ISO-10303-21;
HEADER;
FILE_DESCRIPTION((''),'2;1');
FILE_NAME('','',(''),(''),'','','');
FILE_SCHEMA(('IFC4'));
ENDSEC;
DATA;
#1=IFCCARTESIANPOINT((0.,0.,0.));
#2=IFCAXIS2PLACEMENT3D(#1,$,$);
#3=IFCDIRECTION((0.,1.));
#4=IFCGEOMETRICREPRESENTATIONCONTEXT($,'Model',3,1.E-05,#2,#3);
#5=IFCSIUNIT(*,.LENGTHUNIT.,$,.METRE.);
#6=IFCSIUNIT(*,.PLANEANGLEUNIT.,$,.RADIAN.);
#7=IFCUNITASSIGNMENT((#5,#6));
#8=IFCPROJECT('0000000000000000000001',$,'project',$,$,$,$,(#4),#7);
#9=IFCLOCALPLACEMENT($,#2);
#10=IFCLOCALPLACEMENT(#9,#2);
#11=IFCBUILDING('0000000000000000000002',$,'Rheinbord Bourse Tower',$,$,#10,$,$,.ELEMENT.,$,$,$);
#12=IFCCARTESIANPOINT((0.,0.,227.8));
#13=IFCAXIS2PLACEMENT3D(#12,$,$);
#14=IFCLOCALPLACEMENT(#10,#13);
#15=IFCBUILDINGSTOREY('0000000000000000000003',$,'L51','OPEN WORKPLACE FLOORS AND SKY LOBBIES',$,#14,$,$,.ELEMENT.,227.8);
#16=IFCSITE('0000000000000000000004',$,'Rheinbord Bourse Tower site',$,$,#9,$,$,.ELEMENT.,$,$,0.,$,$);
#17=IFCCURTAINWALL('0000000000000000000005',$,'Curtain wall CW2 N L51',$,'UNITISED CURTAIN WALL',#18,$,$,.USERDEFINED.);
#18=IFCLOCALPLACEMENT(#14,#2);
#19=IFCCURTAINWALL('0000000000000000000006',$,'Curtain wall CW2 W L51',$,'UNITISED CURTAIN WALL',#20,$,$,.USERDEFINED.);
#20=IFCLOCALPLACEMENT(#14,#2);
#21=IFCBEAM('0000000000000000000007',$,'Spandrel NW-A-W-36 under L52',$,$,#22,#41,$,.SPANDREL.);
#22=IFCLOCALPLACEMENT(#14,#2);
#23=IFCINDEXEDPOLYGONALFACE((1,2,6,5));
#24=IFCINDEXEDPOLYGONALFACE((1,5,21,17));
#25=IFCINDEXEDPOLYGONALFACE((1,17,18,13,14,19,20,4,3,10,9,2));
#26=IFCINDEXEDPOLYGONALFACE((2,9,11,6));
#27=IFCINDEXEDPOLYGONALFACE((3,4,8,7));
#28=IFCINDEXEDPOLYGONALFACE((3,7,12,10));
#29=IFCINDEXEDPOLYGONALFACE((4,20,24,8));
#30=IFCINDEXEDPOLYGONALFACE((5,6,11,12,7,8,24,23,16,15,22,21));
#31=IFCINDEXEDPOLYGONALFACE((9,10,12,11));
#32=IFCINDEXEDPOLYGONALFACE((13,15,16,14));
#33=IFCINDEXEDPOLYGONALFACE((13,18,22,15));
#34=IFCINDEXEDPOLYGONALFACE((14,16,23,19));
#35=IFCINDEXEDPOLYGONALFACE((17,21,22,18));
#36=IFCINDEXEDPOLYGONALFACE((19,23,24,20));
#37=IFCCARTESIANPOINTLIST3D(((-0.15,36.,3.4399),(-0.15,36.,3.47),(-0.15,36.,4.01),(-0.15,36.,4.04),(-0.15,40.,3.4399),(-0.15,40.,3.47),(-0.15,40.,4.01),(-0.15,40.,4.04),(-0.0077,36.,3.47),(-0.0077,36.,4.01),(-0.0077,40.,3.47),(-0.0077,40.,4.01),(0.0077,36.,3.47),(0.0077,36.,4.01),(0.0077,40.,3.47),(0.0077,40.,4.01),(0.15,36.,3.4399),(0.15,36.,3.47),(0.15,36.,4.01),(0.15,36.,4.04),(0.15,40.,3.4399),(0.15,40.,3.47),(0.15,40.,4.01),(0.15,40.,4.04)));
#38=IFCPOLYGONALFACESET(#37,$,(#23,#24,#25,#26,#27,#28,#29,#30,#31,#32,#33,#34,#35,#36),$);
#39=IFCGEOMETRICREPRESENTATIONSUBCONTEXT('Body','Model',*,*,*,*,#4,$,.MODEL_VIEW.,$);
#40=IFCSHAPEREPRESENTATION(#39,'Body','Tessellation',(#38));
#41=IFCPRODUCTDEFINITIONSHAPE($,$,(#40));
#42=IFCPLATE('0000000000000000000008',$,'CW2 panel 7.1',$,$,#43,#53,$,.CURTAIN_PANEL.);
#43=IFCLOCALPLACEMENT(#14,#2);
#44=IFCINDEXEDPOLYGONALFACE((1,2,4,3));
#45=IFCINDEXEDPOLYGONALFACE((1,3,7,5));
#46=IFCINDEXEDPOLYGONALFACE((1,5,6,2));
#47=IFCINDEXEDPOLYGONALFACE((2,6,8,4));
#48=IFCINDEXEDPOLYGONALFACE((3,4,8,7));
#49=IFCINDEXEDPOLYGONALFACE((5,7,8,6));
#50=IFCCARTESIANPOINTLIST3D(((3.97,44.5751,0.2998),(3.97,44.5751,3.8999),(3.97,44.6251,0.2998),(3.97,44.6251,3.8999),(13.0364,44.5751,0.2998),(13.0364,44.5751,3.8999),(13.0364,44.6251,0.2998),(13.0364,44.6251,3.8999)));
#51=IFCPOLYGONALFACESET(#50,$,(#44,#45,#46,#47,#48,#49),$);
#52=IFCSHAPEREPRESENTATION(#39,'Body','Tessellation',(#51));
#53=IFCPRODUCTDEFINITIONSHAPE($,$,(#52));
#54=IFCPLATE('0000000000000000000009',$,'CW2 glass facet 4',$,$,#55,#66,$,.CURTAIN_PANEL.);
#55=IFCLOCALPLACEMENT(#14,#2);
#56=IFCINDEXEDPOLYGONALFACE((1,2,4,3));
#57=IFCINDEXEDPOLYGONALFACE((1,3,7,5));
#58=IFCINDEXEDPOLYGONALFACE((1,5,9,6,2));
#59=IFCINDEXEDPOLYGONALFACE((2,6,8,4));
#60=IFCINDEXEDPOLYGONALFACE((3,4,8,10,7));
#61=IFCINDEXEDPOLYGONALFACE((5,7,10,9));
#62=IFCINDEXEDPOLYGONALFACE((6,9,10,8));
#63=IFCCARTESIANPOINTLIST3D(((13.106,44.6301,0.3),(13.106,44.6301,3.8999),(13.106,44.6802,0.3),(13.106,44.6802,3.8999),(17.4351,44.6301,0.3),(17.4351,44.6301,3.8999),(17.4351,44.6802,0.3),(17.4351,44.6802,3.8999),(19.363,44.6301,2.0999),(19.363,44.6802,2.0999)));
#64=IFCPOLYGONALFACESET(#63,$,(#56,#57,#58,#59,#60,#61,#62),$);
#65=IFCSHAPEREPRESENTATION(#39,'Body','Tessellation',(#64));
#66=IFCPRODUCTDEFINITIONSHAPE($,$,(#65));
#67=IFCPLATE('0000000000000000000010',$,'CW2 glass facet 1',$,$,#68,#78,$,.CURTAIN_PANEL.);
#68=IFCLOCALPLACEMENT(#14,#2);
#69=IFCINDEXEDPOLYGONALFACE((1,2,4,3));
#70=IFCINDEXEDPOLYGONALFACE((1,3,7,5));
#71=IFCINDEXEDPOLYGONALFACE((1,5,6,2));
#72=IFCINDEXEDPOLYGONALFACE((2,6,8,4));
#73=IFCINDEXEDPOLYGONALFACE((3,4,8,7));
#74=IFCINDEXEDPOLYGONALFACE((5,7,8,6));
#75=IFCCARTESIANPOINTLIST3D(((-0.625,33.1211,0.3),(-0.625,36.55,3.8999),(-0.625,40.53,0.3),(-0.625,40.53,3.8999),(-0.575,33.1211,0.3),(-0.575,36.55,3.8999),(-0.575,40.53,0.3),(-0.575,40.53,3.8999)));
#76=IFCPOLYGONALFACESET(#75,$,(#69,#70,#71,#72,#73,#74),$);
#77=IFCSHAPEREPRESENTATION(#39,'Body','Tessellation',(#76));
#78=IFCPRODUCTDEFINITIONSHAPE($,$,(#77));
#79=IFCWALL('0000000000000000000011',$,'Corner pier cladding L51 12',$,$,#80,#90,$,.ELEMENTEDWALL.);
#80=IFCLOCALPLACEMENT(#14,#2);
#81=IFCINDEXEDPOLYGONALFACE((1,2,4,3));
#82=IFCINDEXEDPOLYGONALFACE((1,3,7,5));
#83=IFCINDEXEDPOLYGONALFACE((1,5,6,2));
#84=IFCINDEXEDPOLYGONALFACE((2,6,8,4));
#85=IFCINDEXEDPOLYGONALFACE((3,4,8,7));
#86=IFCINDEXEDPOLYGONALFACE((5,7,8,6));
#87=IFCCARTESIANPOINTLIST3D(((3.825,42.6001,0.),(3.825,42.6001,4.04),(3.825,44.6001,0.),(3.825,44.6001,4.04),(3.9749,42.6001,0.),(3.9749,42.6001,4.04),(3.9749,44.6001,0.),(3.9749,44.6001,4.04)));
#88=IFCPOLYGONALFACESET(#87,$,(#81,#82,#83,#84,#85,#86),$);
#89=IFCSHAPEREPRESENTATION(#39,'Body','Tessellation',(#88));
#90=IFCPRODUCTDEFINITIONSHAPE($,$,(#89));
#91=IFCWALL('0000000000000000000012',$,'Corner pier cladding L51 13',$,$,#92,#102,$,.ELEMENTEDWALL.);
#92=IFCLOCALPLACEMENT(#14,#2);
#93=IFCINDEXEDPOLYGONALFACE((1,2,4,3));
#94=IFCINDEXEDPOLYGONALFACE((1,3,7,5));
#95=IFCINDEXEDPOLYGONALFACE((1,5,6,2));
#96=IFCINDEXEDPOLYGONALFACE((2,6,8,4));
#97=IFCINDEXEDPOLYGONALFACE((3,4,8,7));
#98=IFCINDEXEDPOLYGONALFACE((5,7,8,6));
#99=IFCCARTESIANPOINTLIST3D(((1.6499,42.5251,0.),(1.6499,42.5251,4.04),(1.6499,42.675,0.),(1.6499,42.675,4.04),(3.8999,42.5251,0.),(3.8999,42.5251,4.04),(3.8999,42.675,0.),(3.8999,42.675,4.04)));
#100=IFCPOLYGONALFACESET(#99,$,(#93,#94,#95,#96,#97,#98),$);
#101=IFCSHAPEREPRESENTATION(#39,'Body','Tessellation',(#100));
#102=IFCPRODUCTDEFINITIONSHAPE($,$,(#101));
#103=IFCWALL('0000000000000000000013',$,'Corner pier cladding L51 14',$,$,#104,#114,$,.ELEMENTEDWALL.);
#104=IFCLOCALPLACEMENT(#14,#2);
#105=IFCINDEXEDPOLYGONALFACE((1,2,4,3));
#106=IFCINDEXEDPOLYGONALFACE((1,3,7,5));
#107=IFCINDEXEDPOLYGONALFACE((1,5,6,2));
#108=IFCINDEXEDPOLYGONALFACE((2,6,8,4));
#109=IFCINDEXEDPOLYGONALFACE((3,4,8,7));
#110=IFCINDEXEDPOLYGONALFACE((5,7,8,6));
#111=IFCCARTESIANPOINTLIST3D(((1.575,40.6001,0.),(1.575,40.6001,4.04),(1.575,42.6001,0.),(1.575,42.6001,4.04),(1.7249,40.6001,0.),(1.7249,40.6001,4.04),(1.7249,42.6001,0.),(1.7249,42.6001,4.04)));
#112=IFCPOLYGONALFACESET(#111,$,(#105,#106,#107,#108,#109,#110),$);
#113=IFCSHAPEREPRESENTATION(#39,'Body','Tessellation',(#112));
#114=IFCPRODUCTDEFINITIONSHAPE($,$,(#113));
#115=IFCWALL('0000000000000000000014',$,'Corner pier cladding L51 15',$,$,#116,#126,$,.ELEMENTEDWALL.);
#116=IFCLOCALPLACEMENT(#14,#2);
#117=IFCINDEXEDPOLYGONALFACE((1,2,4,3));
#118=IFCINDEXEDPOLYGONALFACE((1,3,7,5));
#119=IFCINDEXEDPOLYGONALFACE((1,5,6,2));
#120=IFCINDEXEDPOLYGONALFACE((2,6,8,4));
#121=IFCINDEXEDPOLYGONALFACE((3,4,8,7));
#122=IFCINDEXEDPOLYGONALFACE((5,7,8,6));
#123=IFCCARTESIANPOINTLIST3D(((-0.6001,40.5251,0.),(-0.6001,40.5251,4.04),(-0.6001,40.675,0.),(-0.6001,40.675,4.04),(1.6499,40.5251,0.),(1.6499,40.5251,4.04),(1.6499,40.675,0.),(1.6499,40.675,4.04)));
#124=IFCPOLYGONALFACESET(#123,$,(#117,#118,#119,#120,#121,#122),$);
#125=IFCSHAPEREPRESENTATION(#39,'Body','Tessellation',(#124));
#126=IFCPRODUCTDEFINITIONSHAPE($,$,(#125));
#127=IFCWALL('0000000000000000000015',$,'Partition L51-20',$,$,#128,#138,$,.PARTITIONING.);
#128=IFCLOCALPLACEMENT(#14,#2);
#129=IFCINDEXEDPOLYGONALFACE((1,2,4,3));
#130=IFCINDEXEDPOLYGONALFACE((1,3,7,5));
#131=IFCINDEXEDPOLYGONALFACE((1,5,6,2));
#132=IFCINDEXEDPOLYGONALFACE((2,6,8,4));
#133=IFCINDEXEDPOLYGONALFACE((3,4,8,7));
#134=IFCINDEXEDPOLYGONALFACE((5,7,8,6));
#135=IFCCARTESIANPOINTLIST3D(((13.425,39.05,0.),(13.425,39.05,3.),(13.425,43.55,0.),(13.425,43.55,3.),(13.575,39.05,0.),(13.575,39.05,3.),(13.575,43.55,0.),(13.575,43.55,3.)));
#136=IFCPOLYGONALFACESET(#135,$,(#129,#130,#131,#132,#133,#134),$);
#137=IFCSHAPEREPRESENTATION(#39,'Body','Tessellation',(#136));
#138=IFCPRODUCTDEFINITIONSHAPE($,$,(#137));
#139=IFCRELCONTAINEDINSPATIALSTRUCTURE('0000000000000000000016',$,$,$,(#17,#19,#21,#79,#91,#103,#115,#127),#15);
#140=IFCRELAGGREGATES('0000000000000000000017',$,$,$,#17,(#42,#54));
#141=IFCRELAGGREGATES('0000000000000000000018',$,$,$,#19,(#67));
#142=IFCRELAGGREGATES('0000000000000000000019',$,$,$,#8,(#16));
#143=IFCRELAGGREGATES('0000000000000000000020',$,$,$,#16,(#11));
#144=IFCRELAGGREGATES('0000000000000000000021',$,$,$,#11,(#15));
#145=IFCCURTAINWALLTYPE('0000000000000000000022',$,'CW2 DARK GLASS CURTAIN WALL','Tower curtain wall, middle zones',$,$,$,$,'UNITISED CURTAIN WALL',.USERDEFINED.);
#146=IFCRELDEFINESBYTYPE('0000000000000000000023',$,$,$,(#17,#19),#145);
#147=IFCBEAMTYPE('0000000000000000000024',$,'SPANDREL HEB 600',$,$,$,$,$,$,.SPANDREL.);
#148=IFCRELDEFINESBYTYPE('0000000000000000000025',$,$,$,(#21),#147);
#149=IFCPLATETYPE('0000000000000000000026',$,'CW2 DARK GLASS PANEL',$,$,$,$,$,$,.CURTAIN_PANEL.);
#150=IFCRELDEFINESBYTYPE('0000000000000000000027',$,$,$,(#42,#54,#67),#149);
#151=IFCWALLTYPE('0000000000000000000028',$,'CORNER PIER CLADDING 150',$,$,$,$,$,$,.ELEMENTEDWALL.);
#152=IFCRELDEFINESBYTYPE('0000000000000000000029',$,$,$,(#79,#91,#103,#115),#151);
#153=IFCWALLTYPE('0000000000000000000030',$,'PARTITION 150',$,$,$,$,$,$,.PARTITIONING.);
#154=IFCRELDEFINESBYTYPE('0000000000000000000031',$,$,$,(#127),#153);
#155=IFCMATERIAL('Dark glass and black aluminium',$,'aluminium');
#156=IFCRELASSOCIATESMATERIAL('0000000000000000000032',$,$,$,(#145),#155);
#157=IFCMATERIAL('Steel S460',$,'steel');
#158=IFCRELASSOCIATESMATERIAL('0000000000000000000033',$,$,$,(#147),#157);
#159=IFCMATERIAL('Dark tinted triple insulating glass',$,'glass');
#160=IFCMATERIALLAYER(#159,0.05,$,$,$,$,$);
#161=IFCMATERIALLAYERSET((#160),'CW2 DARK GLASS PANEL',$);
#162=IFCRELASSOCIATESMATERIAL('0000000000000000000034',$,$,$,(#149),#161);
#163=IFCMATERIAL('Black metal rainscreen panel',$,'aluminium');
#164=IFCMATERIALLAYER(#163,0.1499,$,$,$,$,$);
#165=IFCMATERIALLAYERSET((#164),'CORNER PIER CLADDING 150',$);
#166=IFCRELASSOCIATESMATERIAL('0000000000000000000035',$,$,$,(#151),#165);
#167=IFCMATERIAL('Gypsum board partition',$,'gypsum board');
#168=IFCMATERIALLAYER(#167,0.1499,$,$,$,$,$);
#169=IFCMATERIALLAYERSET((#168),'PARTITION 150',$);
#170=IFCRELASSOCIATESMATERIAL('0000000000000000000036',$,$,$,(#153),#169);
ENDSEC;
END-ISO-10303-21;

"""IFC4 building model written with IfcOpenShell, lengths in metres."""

from ifc_helpers import new_model, si_unit, direction, frame, frame_2d, origin, origin_2d, place, context, subcontext, project, spatial, polyline, rectangle, i_section, outline, extrude, material, layer, layer_set, material_profile, profile_set, type_object, element, aggregate, save


model = new_model("IFC4")

# Units and contexts
model_context = context("Model", 3, precision=1e-05, world=origin(), true_north=direction((0.0, 1.0)))
body_context = subcontext(model_context, "Body", "Model", "MODEL_VIEW")
ifc_project = project(units=[si_unit("LENGTHUNIT", "METRE"), si_unit("PLANEANGLEUNIT", "RADIAN")], contexts=[model_context])

# Site, building, storey
site_placement = place(None, origin())
site = spatial("IfcSite", under=ifc_project, at=site_placement, Name="Rheinbord Bourse Tower site", CompositionType="ELEMENT", RefElevation=0.0)
building_placement = place(site_placement, origin())
building = spatial("IfcBuilding", under=site, at=building_placement, Name="Rheinbord Bourse Tower", CompositionType="ELEMENT")
storey_placement = place(building_placement, frame((0.0, 0.0, 227.8)))
storey = spatial("IfcBuildingStorey", under=building, at=storey_placement, Name="L51", Description="OPEN WORKPLACE FLOORS AND SKY LOBBIES", CompositionType="ELEMENT", Elevation=227.8)

# Curtain wall
ifc_material_1 = material(Name="Dark glass and black aluminium", Category="aluminium")
curtain_wall_type = type_object("IfcCurtainWallType", Name="CW2 DARK GLASS CURTAIN WALL", Description="Tower curtain wall, middle zones", ElementType="UNITISED CURTAIN WALL", PredefinedType="USERDEFINED", material=ifc_material_1)
curtain_wall_1_placement = place(storey_placement, origin())
curtain_wall_1 = element("IfcCurtainWall", 1, at=curtain_wall_1_placement, inside=storey, type_object=curtain_wall_type, Name="Curtain wall CW2 N L51", ObjectType="UNITISED CURTAIN WALL", PredefinedType="USERDEFINED")

# Curtain wall
curtain_wall_2_placement = place(storey_placement, origin())
curtain_wall_2 = element("IfcCurtainWall", 2, at=curtain_wall_2_placement, inside=storey, type_object=curtain_wall_type, Name="Curtain wall CW2 W L51", ObjectType="UNITISED CURTAIN WALL", PredefinedType="USERDEFINED")

# Beam
ifc_material_2 = material(Name="Steel S460", Category="steel")
ifc_material_profile_1 = material_profile(ifc_material_2, i_section(OverallWidth=0.3, OverallDepth=0.6001, WebThickness=0.0154, FlangeThickness=0.03, at=origin_2d()), Name="HEB 600")
ifc_profile_set_1 = profile_set([ifc_material_profile_1], Name="Steel S460")
beam_type_1 = type_object("IfcBeamType", Name="SPANDREL HEB 600", PredefinedType="SPANDREL", material=ifc_profile_set_1)
beam_1_placement = place(storey_placement, frame((0.0, 40.0, 3.74), z_axis=(0.0, -1.0, 0.0), x_axis=(1.0, 0.0, 0.0)))
element("IfcBeam", 3, at=beam_1_placement, inside=storey, type_object=beam_type_1, Name="Spandrel NW-A-W-36 under L52", PredefinedType="SPANDREL", context=body_context, shape_type="SweptSolid", body=[
    extrude(i_section(OverallWidth=0.3, OverallDepth=0.6001, WebThickness=0.0154, FlangeThickness=0.03, at=origin_2d()), origin(), (0.0, 0.0, 1.0), 4.0),
])

# Plates
ifc_material_3 = material(Name="Dark tinted triple insulating glass", Category="glass")
ifc_layer_1 = layer(ifc_material_3, 0.05)
ifc_layer_set_1 = layer_set([ifc_layer_1], Name="CW2 DARK GLASS PANEL")
plate_type = type_object("IfcPlateType", Name="CW2 DARK GLASS PANEL", PredefinedType="CURTAIN_PANEL", material=ifc_layer_set_1)
plate_1_placement = place(storey_placement, frame((8.5032, 44.6001, 0.2998), z_axis=(0.0, 0.0, 1.0), x_axis=(-1.0, 0.0, 0.0)))
plate_1 = element("IfcPlate", 4, at=plate_1_placement, type_object=plate_type, Name="CW2 panel 7.1", PredefinedType="CURTAIN_PANEL", context=body_context, shape_type="SweptSolid", body=[
    extrude(rectangle(XDim=9.0664, YDim=0.05, at=origin_2d()), origin(), (0.0, 0.0, 1.0), 3.6001),
])
plate_2_placement = place(storey_placement, frame((13.106, 44.6802, 3.8999), z_axis=(0.0, -1.0, 0.0), x_axis=(0.0, 0.0, -1.0)))
plate_2 = element("IfcPlate", 5, at=plate_2_placement, type_object=plate_type, Name="CW2 glass facet 4", PredefinedType="CURTAIN_PANEL", context=body_context, shape_type="SweptSolid", body=[
    extrude(outline(polyline([(0.0, 0.0), (3.5999, 0.0), (3.5999, 4.3291), (1.8, 6.2571), (0.0, 4.3291), (0.0, 0.0)])), origin(), (0.0, 0.0, 1.0), 0.05),
])
aggregate(curtain_wall_1, [plate_1, plate_2])
plate_3_placement = place(storey_placement, frame((-0.625, 40.53, 0.3), z_axis=(1.0, 0.0, 0.0), x_axis=(0.0, 0.0, 1.0)))
plate_3 = element("IfcPlate", 6, at=plate_3_placement, type_object=plate_type, Name="CW2 glass facet 1", PredefinedType="CURTAIN_PANEL", context=body_context, shape_type="SweptSolid", body=[
    extrude(outline(polyline([(0.0, 0.0), (3.5999, 0.0), (3.5999, 3.98), (0.0, 7.4089), (0.0, 0.0)])), origin(), (0.0, 0.0, 1.0), 0.05),
])
aggregate(curtain_wall_2, [plate_3])

# Walls
ifc_material_4 = material(Name="Black metal rainscreen panel", Category="aluminium")
ifc_layer_2 = layer(ifc_material_4, 0.1499)
ifc_layer_set_2 = layer_set([ifc_layer_2], Name="CORNER PIER CLADDING 150")
wall_type_1 = type_object("IfcWallType", Name="CORNER PIER CLADDING 150", PredefinedType="ELEMENTEDWALL", material=ifc_layer_set_2)
wall_1_placement = place(storey_placement, frame((3.8999, 44.6001, 0.0), z_axis=(0.0, 0.0, 1.0), x_axis=(0.0, -1.0, 0.0)))
element("IfcWall", 7, at=wall_1_placement, inside=storey, type_object=wall_type_1, Name="Corner pier cladding L51 12", PredefinedType="ELEMENTEDWALL", context=body_context, shape_type="SweptSolid", body=[
    extrude(rectangle(XDim=2.0, YDim=0.1499, at=frame_2d((1.0, 0.0))), origin(), (0.0, 0.0, 1.0), 4.04),
])
wall_2_placement = place(storey_placement, frame((3.8999, 42.6001, 0.0), z_axis=(0.0, 0.0, 1.0), x_axis=(-1.0, 0.0, 0.0)))
element("IfcWall", 8, at=wall_2_placement, inside=storey, type_object=wall_type_1, Name="Corner pier cladding L51 13", PredefinedType="ELEMENTEDWALL", context=body_context, shape_type="SweptSolid", body=[
    extrude(rectangle(XDim=2.25, YDim=0.1499, at=frame_2d((1.125, 0.0))), origin(), (0.0, 0.0, 1.0), 4.04),
])
wall_3_placement = place(storey_placement, frame((1.6499, 42.6001, 0.0), z_axis=(0.0, 0.0, 1.0), x_axis=(0.0, -1.0, 0.0)))
element("IfcWall", 9, at=wall_3_placement, inside=storey, type_object=wall_type_1, Name="Corner pier cladding L51 14", PredefinedType="ELEMENTEDWALL", context=body_context, shape_type="SweptSolid", body=[
    extrude(rectangle(XDim=2.0, YDim=0.1499, at=frame_2d((1.0, 0.0))), origin(), (0.0, 0.0, 1.0), 4.04),
])
wall_4_placement = place(storey_placement, frame((1.6499, 40.6001, 0.0), z_axis=(0.0, 0.0, 1.0), x_axis=(-1.0, 0.0, 0.0)))
element("IfcWall", 10, at=wall_4_placement, inside=storey, type_object=wall_type_1, Name="Corner pier cladding L51 15", PredefinedType="ELEMENTEDWALL", context=body_context, shape_type="SweptSolid", body=[
    extrude(rectangle(XDim=2.25, YDim=0.1499, at=frame_2d((1.125, 0.0))), origin(), (0.0, 0.0, 1.0), 4.04),
])
ifc_material_5 = material(Name="Gypsum board partition", Category="gypsum board")
ifc_layer_3 = layer(ifc_material_5, 0.1499)
ifc_layer_set_3 = layer_set([ifc_layer_3], Name="PARTITION 150")
wall_type_2 = type_object("IfcWallType", Name="PARTITION 150", PredefinedType="PARTITIONING", material=ifc_layer_set_3)
wall_5_placement = place(storey_placement, frame((13.5, 39.05, 0.0), z_axis=(0.0, 0.0, 1.0), x_axis=(0.0, 1.0, 0.0)))
element("IfcWall", 11, at=wall_5_placement, inside=storey, type_object=wall_type_2, Name="Partition L51-20", PredefinedType="PARTITIONING", context=body_context, shape_type="SweptSolid", body=[
    extrude(rectangle(XDim=4.5, YDim=0.1499, at=frame_2d((2.25, 0.0))), origin(), (0.0, 0.0, 1.0), 3.0),
])

save(model, "model.ifc")
